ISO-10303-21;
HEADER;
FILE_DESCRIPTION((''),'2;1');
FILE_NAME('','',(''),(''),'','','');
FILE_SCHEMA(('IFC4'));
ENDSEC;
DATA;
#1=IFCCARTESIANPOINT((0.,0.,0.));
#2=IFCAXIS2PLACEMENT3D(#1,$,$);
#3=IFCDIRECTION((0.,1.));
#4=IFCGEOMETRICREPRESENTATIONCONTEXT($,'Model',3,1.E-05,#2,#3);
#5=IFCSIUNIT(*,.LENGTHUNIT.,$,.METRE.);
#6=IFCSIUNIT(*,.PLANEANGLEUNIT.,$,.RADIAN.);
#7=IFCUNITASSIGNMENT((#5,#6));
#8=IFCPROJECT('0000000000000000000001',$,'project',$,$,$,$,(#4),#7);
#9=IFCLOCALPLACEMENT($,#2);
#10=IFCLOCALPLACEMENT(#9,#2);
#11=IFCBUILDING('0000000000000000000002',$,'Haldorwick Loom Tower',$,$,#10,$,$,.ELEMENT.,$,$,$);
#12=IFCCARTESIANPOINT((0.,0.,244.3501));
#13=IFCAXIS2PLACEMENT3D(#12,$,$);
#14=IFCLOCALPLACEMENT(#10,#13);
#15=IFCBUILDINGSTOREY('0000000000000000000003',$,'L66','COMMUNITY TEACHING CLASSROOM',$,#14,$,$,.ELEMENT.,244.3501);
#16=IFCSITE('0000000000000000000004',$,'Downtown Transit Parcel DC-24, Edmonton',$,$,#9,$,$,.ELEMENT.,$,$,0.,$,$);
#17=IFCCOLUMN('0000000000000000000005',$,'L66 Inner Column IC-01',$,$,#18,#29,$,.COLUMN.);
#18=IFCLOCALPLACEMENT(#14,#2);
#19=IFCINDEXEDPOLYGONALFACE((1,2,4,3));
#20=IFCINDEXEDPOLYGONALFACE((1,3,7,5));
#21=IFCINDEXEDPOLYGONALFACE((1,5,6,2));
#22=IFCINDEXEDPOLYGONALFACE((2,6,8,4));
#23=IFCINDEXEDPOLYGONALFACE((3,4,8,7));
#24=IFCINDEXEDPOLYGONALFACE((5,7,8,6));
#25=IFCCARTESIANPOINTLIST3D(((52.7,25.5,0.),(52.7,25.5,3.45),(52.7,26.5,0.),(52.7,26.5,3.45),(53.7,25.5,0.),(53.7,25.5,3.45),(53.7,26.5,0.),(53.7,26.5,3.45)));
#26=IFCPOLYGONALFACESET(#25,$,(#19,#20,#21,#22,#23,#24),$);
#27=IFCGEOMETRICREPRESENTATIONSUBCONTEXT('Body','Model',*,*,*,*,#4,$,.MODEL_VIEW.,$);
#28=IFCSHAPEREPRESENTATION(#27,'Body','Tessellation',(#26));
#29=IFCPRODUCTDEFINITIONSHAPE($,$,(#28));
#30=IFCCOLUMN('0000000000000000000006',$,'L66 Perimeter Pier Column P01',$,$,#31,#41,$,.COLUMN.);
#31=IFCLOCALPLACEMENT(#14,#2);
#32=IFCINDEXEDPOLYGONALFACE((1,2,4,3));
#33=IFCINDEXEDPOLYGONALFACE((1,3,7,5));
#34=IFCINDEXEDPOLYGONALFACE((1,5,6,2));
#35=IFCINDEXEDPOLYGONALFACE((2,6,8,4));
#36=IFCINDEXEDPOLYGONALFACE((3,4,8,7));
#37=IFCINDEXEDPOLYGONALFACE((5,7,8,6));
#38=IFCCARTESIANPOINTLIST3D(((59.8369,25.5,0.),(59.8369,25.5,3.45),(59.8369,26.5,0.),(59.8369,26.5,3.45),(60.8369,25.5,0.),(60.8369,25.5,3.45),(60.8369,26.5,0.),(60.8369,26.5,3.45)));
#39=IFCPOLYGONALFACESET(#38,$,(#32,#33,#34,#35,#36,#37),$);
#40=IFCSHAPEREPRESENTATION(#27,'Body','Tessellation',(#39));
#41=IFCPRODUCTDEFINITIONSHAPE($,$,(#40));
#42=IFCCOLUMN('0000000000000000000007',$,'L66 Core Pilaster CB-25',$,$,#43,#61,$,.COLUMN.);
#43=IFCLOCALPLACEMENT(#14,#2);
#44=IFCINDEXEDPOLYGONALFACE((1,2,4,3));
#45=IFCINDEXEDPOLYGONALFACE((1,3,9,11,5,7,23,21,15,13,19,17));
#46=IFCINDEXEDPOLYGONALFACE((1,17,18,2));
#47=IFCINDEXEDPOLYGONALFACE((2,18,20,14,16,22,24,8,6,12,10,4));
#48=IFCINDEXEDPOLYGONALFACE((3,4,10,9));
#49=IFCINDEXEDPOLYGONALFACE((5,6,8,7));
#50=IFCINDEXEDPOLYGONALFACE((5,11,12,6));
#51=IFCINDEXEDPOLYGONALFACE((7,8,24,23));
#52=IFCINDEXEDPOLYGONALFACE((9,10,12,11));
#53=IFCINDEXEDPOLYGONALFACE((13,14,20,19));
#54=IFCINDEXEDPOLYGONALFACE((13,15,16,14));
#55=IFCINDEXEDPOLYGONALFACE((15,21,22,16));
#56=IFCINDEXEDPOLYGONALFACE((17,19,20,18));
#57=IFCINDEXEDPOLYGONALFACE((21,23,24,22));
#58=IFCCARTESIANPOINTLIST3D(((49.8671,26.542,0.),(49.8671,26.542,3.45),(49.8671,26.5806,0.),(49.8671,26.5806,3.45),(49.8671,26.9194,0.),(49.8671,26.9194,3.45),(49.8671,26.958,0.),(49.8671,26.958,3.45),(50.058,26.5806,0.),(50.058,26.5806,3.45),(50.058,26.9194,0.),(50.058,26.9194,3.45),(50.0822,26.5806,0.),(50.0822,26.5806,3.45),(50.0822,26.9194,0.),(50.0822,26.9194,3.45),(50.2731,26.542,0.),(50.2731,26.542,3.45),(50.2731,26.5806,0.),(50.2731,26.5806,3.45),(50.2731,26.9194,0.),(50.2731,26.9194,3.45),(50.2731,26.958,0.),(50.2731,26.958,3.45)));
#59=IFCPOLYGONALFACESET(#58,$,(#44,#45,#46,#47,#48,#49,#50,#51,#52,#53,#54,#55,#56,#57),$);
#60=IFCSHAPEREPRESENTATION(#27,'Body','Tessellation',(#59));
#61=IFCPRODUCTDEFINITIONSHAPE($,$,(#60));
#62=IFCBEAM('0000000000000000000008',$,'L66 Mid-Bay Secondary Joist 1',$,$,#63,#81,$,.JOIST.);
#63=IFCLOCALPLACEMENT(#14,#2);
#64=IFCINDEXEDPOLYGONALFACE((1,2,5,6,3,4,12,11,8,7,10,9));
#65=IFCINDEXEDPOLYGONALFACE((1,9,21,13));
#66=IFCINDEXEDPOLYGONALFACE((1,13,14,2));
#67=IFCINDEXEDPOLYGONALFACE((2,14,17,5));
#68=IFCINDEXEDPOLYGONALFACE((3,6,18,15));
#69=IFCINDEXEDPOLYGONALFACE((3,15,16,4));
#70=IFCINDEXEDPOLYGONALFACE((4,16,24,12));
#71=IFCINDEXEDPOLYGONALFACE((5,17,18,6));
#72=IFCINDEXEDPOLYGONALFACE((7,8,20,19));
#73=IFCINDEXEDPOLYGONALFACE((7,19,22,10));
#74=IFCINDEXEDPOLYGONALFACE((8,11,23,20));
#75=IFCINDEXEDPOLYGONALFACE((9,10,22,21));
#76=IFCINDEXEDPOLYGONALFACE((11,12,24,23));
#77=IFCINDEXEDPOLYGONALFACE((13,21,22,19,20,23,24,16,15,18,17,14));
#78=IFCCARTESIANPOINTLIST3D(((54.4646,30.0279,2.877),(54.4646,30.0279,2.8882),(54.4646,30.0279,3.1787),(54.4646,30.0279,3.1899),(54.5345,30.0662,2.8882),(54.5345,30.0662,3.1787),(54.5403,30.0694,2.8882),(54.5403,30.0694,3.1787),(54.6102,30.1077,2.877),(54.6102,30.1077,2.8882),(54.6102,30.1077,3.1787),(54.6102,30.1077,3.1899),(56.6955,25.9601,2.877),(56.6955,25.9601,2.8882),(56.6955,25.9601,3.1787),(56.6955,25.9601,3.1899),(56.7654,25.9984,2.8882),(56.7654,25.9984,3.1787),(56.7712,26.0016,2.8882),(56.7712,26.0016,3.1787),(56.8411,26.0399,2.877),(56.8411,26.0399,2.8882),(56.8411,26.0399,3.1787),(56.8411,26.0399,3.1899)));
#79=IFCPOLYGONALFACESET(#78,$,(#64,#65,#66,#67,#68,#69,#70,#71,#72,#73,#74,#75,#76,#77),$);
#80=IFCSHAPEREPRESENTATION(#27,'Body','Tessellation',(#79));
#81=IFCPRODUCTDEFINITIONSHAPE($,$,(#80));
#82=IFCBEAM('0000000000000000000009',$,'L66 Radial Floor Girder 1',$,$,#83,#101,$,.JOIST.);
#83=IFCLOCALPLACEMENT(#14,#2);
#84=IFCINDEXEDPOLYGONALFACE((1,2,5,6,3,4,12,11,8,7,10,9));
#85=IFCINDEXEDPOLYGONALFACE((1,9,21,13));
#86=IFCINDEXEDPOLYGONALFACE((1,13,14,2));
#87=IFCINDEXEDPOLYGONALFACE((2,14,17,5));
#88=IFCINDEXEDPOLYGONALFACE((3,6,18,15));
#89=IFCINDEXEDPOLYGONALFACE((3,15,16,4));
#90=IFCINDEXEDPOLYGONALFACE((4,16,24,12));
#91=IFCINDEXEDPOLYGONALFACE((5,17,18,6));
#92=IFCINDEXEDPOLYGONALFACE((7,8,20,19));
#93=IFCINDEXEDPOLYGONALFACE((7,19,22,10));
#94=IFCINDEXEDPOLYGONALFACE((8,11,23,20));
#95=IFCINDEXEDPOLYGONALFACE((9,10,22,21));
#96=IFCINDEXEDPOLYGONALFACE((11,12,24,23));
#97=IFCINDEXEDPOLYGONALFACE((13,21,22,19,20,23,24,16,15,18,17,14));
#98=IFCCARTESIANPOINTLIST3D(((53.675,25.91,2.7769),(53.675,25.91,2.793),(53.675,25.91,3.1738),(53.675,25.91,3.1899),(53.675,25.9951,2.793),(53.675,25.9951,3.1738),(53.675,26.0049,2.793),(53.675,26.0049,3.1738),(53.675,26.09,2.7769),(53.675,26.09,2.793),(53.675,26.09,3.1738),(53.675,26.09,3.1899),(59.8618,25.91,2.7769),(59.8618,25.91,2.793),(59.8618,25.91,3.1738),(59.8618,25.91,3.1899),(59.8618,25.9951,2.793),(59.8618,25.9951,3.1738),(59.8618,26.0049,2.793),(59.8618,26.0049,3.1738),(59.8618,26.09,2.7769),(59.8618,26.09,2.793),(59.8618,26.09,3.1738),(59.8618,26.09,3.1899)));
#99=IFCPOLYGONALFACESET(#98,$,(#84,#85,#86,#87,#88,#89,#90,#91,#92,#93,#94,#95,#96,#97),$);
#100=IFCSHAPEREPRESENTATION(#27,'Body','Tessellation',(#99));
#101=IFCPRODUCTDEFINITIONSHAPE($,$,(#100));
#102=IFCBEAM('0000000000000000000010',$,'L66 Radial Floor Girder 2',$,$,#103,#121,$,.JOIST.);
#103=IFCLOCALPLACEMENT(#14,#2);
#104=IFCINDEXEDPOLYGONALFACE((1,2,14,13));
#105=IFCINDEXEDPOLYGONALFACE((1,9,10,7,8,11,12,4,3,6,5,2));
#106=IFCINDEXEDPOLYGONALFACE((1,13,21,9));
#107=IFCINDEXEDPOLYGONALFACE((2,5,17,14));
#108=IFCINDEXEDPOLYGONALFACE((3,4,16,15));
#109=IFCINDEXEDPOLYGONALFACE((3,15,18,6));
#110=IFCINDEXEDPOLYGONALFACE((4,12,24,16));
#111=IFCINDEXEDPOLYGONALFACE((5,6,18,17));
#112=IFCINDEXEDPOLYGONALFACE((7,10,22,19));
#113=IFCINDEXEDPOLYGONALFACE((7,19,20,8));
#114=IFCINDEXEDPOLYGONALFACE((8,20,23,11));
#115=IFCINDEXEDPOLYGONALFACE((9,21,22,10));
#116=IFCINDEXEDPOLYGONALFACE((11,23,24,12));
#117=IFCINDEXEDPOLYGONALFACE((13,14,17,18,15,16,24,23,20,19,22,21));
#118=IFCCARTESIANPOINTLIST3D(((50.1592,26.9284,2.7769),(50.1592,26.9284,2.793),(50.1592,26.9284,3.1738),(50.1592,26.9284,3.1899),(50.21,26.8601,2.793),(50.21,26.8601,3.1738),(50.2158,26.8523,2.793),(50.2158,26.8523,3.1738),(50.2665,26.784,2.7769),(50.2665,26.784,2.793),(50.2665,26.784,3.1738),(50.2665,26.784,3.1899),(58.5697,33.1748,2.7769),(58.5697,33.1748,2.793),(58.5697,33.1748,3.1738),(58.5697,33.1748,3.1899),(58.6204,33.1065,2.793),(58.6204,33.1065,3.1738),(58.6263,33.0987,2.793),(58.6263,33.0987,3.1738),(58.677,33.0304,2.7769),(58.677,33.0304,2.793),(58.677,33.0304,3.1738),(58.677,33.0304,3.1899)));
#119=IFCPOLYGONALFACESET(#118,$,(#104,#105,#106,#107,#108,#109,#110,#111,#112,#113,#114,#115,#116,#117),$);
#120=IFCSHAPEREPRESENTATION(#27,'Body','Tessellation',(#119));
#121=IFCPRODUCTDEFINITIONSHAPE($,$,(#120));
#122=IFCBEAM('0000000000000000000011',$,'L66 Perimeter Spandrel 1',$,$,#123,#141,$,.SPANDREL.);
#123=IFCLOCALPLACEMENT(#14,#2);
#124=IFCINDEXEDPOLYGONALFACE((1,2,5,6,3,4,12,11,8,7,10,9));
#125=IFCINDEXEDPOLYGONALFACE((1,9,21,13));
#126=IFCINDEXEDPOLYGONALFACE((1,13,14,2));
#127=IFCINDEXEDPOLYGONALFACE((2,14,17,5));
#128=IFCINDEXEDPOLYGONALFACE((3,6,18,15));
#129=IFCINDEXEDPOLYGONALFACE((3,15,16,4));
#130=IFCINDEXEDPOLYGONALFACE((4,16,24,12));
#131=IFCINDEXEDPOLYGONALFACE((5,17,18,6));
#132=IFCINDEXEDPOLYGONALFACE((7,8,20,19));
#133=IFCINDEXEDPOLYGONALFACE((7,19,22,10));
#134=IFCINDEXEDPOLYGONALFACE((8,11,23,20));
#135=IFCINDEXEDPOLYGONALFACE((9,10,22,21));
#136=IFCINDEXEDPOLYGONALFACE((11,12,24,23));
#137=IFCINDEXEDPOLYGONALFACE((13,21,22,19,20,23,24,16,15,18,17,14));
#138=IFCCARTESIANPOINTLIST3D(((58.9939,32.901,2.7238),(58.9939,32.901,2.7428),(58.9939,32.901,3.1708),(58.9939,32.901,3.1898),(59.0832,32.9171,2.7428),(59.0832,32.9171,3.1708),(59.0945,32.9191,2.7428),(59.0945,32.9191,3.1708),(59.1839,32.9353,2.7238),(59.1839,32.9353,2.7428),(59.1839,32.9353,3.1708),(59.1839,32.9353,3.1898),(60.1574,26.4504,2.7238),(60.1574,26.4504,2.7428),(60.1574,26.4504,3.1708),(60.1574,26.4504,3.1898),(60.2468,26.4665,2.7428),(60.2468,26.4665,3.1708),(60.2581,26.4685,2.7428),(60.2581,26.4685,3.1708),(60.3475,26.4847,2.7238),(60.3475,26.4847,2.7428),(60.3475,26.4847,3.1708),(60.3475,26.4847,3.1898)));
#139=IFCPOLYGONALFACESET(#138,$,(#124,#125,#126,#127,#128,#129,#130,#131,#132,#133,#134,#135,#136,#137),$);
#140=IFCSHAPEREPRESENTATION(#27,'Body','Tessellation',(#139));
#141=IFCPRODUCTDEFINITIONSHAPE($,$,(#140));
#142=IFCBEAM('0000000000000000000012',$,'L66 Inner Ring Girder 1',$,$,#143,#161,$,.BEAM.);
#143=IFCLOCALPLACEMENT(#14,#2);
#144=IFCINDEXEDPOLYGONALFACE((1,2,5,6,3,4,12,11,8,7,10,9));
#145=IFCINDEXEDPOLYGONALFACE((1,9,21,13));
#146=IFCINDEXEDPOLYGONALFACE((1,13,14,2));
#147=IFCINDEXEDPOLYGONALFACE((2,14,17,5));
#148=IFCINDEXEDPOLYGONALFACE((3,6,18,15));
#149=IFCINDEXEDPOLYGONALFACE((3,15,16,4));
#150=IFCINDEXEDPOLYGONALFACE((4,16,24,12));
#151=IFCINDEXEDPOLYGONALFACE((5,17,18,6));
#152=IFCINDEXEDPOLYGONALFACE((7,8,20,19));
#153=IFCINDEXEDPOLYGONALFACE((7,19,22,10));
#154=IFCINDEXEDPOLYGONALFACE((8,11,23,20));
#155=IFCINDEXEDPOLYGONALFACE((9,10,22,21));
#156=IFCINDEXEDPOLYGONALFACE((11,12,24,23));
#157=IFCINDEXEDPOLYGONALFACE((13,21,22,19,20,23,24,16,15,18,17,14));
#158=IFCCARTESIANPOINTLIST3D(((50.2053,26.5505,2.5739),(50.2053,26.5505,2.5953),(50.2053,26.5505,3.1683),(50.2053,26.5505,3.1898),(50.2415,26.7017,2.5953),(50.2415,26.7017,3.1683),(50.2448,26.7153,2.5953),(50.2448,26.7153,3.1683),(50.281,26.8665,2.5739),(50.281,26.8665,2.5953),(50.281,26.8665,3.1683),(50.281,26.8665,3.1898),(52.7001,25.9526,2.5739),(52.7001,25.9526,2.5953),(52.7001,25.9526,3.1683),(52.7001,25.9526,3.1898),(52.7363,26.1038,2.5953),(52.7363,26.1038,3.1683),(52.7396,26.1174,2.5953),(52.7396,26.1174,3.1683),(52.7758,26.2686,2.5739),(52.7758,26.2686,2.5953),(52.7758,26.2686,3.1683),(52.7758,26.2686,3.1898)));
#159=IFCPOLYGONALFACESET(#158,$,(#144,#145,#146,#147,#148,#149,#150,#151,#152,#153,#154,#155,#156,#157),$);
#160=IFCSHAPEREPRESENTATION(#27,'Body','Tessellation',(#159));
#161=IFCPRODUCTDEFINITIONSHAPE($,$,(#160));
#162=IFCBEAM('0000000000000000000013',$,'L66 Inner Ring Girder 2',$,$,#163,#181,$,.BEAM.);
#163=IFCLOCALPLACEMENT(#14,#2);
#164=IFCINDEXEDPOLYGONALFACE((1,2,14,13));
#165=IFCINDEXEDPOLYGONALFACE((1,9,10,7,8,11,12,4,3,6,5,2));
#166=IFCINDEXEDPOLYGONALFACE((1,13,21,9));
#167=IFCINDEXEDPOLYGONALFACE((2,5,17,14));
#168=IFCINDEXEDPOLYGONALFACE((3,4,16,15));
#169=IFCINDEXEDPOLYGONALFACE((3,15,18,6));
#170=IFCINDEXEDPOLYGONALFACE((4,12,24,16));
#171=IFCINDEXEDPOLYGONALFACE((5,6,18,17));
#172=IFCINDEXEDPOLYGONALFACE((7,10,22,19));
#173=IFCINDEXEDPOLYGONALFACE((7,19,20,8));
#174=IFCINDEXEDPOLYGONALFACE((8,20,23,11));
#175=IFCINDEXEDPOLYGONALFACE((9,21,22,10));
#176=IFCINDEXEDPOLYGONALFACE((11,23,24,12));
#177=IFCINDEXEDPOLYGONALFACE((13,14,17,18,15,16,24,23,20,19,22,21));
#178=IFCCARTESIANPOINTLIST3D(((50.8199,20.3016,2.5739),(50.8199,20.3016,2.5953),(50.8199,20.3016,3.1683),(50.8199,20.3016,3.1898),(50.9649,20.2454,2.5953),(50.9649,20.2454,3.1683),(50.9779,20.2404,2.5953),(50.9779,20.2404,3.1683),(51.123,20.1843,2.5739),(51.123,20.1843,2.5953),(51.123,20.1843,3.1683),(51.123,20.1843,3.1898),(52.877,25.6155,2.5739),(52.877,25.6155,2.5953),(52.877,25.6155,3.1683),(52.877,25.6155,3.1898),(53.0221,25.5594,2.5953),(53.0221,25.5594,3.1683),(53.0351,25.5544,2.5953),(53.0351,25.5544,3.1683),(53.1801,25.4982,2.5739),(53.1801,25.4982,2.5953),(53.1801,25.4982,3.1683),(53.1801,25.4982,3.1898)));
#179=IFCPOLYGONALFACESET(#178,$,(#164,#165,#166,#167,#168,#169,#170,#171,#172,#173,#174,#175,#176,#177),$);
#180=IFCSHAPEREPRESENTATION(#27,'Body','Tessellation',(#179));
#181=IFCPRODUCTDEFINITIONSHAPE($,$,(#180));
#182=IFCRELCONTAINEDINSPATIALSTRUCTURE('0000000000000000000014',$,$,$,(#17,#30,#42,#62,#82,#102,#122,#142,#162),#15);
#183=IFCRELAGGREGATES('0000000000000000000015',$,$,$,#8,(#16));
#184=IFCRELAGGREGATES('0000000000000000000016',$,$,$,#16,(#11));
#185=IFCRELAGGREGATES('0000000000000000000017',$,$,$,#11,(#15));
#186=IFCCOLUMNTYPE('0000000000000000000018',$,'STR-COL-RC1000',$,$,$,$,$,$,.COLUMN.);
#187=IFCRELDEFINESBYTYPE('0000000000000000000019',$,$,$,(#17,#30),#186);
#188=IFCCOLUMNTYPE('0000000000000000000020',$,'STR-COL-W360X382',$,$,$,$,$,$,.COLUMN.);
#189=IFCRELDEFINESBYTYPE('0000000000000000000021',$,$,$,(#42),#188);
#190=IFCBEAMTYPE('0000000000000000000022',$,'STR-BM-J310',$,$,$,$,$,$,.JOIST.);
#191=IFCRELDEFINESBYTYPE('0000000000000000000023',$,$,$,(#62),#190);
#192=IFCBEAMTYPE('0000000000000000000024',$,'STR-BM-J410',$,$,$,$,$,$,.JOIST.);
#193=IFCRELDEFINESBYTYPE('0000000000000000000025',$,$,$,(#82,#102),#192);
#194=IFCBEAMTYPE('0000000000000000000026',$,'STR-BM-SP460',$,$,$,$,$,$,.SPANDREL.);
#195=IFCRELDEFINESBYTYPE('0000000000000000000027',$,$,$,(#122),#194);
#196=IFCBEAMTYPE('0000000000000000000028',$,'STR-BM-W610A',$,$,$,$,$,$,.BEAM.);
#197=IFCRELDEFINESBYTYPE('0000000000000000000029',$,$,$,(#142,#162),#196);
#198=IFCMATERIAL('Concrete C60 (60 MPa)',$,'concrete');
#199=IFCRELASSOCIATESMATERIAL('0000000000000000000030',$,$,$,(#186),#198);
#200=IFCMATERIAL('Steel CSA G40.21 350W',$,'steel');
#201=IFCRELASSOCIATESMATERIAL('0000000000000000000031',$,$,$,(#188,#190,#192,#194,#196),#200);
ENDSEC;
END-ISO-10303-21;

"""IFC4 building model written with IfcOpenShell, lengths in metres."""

from ifc_helpers import new_model, si_unit, direction, frame, origin, origin_2d, place, context, subcontext, project, spatial, rectangle, i_section, extrude, material, material_profile, profile_set, type_object, element, save


model = new_model("IFC4")

# Units and contexts
model_context = context("Model", 3, precision=1e-05, world=origin(), true_north=direction((0.0, 1.0)))
body_context = subcontext(model_context, "Body", "Model", "MODEL_VIEW")
ifc_project = project(units=[si_unit("LENGTHUNIT", "METRE"), si_unit("PLANEANGLEUNIT", "RADIAN")], contexts=[model_context])

# Site, building, storey
site_placement = place(None, origin())
site = spatial("IfcSite", under=ifc_project, at=site_placement, Name="Downtown Transit Parcel DC-24, Edmonton", CompositionType="ELEMENT", RefElevation=0.0)
building_placement = place(site_placement, origin())
building = spatial("IfcBuilding", under=site, at=building_placement, Name="Haldorwick Loom Tower", CompositionType="ELEMENT")
storey_placement = place(building_placement, frame((0.0, 0.0, 244.3501)))
storey = spatial("IfcBuildingStorey", under=building, at=storey_placement, Name="L66", Description="COMMUNITY TEACHING CLASSROOM", CompositionType="ELEMENT", Elevation=244.3501)

# Columns
ifc_material_1 = material(Name="Concrete C60 (60 MPa)", Category="concrete")
ifc_material_profile_1 = material_profile(ifc_material_1, rectangle(XDim=1.0, YDim=1.0, at=origin_2d()), Name="RC1000X1000", Category="concrete")
ifc_profile_set_1 = profile_set([ifc_material_profile_1], Name="Concrete C60 (60 MPa)")
column_type_1 = type_object("IfcColumnType", Name="STR-COL-RC1000", PredefinedType="COLUMN", material=ifc_profile_set_1)
for number, where, z_axis, x_axis, name in (
    (1, (53.2, 26.0, 0.0), (0.0, 0.0, 1.0), (1.0, 0.0, 0.0), "L66 Inner Column IC-01"),
    (2, (60.3369, 26.0, 0.0), (0.0, 0.0, 1.0), (1.0, 0.0, 0.0), "L66 Perimeter Pier Column P01"),
):
    element("IfcColumn", number, at=place(storey_placement, frame(where, z_axis=z_axis, x_axis=x_axis)), inside=storey, type_object=column_type_1, Name=name, PredefinedType="COLUMN", context=body_context, shape_type="SweptSolid", body=[
        extrude(rectangle(XDim=1.0, YDim=1.0, at=origin_2d()), origin(), (0.0, 0.0, 1.0), 3.45),
    ])
ifc_material_2 = material(Name="Steel CSA G40.21 350W", Category="steel")
ifc_material_profile_2 = material_profile(ifc_material_2, i_section(OverallWidth=0.406, OverallDepth=0.416, WebThickness=0.0242, FlangeThickness=0.0386, at=origin_2d()), Name="W360X382", Category="steel")
ifc_profile_set_2 = profile_set([ifc_material_profile_2], Name="Steel CSA G40.21 350W")
column_type_2 = type_object("IfcColumnType", Name="STR-COL-W360X382", PredefinedType="COLUMN", material=ifc_profile_set_2)
column_placement = place(storey_placement, frame((50.0701, 26.75, 0.0), z_axis=(0.0, 0.0, 1.0), x_axis=(1.0, 0.0, 0.0)))
element("IfcColumn", 3, at=column_placement, inside=storey, type_object=column_type_2, Name="L66 Core Pilaster CB-25", PredefinedType="COLUMN", context=body_context, shape_type="SweptSolid", body=[
    extrude(i_section(OverallWidth=0.406, OverallDepth=0.416, WebThickness=0.0242, FlangeThickness=0.0386, at=origin_2d()), origin(), (0.0, 0.0, 1.0), 3.45),
])

# Beams
ifc_material_profile_3 = material_profile(ifc_material_2, i_section(OverallWidth=0.166, OverallDepth=0.313, WebThickness=0.0066, FlangeThickness=0.0112, at=origin_2d()), Name="W310X45", Category="steel")
ifc_profile_set_3 = profile_set([ifc_material_profile_3], Name="Steel CSA G40.21 350W")
beam_type_1 = type_object("IfcBeamType", Name="STR-BM-J310", PredefinedType="JOIST", material=ifc_profile_set_3)
beam_1_placement = place(storey_placement, frame((56.7683, 26.0, 3.0334), z_axis=(-0.480864, 0.876795, 0.0), x_axis=(-0.876795, -0.480864, 0.0)))
element("IfcBeam", 4, at=beam_1_placement, inside=storey, type_object=beam_type_1, Name="L66 Mid-Bay Secondary Joist 1", PredefinedType="JOIST", context=body_context, shape_type="SweptSolid", body=[
    extrude(i_section(OverallWidth=0.166, OverallDepth=0.313, WebThickness=0.0066, FlangeThickness=0.0112, at=origin_2d()), origin(), (0.0, 0.0, 1.0), 4.6394),
])
ifc_material_profile_4 = material_profile(ifc_material_2, i_section(OverallWidth=0.1799, OverallDepth=0.4131, WebThickness=0.0098, FlangeThickness=0.0161, at=origin_2d()), Name="W410X74", Category="steel")
ifc_profile_set_4 = profile_set([ifc_material_profile_4], Name="Steel CSA G40.21 350W")
beam_type_2 = type_object("IfcBeamType", Name="STR-BM-J410", PredefinedType="JOIST", material=ifc_profile_set_4)
beam_2_placement = place(storey_placement, frame((53.675, 26.0, 2.9834), z_axis=(1.0, 0.0, 0.0), x_axis=(0.0, 1.0, 0.0)))
element("IfcBeam", 5, at=beam_2_placement, inside=storey, type_object=beam_type_2, Name="L66 Radial Floor Girder 1", PredefinedType="JOIST", context=body_context, shape_type="SweptSolid", body=[
    extrude(i_section(OverallWidth=0.1799, OverallDepth=0.4131, WebThickness=0.0098, FlangeThickness=0.0161, at=origin_2d()), origin(), (0.0, 0.0, 1.0), 6.1868),
])
beam_3_placement = place(storey_placement, frame((50.2129, 26.8562, 2.9834), z_axis=(0.802807, 0.596239, 0.0), x_axis=(-0.596239, 0.802807, 0.0)))
element("IfcBeam", 6, at=beam_3_placement, inside=storey, type_object=beam_type_2, Name="L66 Radial Floor Girder 2", PredefinedType="JOIST", context=body_context, shape_type="SweptSolid", body=[
    extrude(i_section(OverallWidth=0.1799, OverallDepth=0.4131, WebThickness=0.0098, FlangeThickness=0.0161, at=origin_2d()), origin(), (0.0, 0.0, 1.0), 10.4763),
])
ifc_material_profile_5 = material_profile(ifc_material_2, i_section(OverallWidth=0.1931, OverallDepth=0.4661, WebThickness=0.0115, FlangeThickness=0.019, at=origin_2d()), Name="W460X97", Category="steel")
ifc_profile_set_5 = profile_set([ifc_material_profile_5], Name="Steel CSA G40.21 350W")
beam_type_3 = type_object("IfcBeamType", Name="STR-BM-SP460", PredefinedType="SPANDREL", material=ifc_profile_set_5)
beam_4_placement = place(storey_placement, frame((60.2524, 26.4675, 2.9568), z_axis=(-0.177515, 0.984118, 0.0), x_axis=(-0.984118, -0.177515, 0.0)))
element("IfcBeam", 7, at=beam_4_placement, inside=storey, type_object=beam_type_3, Name="L66 Perimeter Spandrel 1", PredefinedType="SPANDREL", context=body_context, shape_type="SweptSolid", body=[
    extrude(i_section(OverallWidth=0.1931, OverallDepth=0.4661, WebThickness=0.0115, FlangeThickness=0.019, at=origin_2d()), origin(), (0.0, 0.0, 1.0), 6.5547),
])
ifc_material_profile_6 = material_profile(ifc_material_2, i_section(OverallWidth=0.325, OverallDepth=0.616, WebThickness=0.0139, FlangeThickness=0.0215, at=origin_2d()), Name="W610X174", Category="steel")
ifc_profile_set_6 = profile_set([ifc_material_profile_6], Name="Steel CSA G40.21 350W")
beam_type_4 = type_object("IfcBeamType", Name="STR-BM-W610A", PredefinedType="BEAM", material=ifc_profile_set_6)
beam_5_placement = place(storey_placement, frame((50.2432, 26.7085, 2.8818), z_axis=(0.972464, -0.233053, 0.0), x_axis=(0.233053, 0.972464, 0.0)))
element("IfcBeam", 8, at=beam_5_placement, inside=storey, type_object=beam_type_4, Name="L66 Inner Ring Girder 1", PredefinedType="BEAM", context=body_context, shape_type="SweptSolid", body=[
    extrude(i_section(OverallWidth=0.325, OverallDepth=0.616, WebThickness=0.0139, FlangeThickness=0.0215, at=origin_2d()), origin(), (0.0, 0.0, 1.0), 2.5654),
])
beam_6_placement = place(storey_placement, frame((53.0286, 25.5569, 2.8818), z_axis=(-0.361011, -0.932562, 0.0), x_axis=(0.932562, -0.361011, 0.0)))
element("IfcBeam", 9, at=beam_6_placement, inside=storey, type_object=beam_type_4, Name="L66 Inner Ring Girder 2", PredefinedType="BEAM", context=body_context, shape_type="SweptSolid", body=[
    extrude(i_section(OverallWidth=0.325, OverallDepth=0.616, WebThickness=0.0139, FlangeThickness=0.0215, at=origin_2d()), origin(), (0.0, 0.0, 1.0), 5.6982),
])

save(model, "model.ifc")
